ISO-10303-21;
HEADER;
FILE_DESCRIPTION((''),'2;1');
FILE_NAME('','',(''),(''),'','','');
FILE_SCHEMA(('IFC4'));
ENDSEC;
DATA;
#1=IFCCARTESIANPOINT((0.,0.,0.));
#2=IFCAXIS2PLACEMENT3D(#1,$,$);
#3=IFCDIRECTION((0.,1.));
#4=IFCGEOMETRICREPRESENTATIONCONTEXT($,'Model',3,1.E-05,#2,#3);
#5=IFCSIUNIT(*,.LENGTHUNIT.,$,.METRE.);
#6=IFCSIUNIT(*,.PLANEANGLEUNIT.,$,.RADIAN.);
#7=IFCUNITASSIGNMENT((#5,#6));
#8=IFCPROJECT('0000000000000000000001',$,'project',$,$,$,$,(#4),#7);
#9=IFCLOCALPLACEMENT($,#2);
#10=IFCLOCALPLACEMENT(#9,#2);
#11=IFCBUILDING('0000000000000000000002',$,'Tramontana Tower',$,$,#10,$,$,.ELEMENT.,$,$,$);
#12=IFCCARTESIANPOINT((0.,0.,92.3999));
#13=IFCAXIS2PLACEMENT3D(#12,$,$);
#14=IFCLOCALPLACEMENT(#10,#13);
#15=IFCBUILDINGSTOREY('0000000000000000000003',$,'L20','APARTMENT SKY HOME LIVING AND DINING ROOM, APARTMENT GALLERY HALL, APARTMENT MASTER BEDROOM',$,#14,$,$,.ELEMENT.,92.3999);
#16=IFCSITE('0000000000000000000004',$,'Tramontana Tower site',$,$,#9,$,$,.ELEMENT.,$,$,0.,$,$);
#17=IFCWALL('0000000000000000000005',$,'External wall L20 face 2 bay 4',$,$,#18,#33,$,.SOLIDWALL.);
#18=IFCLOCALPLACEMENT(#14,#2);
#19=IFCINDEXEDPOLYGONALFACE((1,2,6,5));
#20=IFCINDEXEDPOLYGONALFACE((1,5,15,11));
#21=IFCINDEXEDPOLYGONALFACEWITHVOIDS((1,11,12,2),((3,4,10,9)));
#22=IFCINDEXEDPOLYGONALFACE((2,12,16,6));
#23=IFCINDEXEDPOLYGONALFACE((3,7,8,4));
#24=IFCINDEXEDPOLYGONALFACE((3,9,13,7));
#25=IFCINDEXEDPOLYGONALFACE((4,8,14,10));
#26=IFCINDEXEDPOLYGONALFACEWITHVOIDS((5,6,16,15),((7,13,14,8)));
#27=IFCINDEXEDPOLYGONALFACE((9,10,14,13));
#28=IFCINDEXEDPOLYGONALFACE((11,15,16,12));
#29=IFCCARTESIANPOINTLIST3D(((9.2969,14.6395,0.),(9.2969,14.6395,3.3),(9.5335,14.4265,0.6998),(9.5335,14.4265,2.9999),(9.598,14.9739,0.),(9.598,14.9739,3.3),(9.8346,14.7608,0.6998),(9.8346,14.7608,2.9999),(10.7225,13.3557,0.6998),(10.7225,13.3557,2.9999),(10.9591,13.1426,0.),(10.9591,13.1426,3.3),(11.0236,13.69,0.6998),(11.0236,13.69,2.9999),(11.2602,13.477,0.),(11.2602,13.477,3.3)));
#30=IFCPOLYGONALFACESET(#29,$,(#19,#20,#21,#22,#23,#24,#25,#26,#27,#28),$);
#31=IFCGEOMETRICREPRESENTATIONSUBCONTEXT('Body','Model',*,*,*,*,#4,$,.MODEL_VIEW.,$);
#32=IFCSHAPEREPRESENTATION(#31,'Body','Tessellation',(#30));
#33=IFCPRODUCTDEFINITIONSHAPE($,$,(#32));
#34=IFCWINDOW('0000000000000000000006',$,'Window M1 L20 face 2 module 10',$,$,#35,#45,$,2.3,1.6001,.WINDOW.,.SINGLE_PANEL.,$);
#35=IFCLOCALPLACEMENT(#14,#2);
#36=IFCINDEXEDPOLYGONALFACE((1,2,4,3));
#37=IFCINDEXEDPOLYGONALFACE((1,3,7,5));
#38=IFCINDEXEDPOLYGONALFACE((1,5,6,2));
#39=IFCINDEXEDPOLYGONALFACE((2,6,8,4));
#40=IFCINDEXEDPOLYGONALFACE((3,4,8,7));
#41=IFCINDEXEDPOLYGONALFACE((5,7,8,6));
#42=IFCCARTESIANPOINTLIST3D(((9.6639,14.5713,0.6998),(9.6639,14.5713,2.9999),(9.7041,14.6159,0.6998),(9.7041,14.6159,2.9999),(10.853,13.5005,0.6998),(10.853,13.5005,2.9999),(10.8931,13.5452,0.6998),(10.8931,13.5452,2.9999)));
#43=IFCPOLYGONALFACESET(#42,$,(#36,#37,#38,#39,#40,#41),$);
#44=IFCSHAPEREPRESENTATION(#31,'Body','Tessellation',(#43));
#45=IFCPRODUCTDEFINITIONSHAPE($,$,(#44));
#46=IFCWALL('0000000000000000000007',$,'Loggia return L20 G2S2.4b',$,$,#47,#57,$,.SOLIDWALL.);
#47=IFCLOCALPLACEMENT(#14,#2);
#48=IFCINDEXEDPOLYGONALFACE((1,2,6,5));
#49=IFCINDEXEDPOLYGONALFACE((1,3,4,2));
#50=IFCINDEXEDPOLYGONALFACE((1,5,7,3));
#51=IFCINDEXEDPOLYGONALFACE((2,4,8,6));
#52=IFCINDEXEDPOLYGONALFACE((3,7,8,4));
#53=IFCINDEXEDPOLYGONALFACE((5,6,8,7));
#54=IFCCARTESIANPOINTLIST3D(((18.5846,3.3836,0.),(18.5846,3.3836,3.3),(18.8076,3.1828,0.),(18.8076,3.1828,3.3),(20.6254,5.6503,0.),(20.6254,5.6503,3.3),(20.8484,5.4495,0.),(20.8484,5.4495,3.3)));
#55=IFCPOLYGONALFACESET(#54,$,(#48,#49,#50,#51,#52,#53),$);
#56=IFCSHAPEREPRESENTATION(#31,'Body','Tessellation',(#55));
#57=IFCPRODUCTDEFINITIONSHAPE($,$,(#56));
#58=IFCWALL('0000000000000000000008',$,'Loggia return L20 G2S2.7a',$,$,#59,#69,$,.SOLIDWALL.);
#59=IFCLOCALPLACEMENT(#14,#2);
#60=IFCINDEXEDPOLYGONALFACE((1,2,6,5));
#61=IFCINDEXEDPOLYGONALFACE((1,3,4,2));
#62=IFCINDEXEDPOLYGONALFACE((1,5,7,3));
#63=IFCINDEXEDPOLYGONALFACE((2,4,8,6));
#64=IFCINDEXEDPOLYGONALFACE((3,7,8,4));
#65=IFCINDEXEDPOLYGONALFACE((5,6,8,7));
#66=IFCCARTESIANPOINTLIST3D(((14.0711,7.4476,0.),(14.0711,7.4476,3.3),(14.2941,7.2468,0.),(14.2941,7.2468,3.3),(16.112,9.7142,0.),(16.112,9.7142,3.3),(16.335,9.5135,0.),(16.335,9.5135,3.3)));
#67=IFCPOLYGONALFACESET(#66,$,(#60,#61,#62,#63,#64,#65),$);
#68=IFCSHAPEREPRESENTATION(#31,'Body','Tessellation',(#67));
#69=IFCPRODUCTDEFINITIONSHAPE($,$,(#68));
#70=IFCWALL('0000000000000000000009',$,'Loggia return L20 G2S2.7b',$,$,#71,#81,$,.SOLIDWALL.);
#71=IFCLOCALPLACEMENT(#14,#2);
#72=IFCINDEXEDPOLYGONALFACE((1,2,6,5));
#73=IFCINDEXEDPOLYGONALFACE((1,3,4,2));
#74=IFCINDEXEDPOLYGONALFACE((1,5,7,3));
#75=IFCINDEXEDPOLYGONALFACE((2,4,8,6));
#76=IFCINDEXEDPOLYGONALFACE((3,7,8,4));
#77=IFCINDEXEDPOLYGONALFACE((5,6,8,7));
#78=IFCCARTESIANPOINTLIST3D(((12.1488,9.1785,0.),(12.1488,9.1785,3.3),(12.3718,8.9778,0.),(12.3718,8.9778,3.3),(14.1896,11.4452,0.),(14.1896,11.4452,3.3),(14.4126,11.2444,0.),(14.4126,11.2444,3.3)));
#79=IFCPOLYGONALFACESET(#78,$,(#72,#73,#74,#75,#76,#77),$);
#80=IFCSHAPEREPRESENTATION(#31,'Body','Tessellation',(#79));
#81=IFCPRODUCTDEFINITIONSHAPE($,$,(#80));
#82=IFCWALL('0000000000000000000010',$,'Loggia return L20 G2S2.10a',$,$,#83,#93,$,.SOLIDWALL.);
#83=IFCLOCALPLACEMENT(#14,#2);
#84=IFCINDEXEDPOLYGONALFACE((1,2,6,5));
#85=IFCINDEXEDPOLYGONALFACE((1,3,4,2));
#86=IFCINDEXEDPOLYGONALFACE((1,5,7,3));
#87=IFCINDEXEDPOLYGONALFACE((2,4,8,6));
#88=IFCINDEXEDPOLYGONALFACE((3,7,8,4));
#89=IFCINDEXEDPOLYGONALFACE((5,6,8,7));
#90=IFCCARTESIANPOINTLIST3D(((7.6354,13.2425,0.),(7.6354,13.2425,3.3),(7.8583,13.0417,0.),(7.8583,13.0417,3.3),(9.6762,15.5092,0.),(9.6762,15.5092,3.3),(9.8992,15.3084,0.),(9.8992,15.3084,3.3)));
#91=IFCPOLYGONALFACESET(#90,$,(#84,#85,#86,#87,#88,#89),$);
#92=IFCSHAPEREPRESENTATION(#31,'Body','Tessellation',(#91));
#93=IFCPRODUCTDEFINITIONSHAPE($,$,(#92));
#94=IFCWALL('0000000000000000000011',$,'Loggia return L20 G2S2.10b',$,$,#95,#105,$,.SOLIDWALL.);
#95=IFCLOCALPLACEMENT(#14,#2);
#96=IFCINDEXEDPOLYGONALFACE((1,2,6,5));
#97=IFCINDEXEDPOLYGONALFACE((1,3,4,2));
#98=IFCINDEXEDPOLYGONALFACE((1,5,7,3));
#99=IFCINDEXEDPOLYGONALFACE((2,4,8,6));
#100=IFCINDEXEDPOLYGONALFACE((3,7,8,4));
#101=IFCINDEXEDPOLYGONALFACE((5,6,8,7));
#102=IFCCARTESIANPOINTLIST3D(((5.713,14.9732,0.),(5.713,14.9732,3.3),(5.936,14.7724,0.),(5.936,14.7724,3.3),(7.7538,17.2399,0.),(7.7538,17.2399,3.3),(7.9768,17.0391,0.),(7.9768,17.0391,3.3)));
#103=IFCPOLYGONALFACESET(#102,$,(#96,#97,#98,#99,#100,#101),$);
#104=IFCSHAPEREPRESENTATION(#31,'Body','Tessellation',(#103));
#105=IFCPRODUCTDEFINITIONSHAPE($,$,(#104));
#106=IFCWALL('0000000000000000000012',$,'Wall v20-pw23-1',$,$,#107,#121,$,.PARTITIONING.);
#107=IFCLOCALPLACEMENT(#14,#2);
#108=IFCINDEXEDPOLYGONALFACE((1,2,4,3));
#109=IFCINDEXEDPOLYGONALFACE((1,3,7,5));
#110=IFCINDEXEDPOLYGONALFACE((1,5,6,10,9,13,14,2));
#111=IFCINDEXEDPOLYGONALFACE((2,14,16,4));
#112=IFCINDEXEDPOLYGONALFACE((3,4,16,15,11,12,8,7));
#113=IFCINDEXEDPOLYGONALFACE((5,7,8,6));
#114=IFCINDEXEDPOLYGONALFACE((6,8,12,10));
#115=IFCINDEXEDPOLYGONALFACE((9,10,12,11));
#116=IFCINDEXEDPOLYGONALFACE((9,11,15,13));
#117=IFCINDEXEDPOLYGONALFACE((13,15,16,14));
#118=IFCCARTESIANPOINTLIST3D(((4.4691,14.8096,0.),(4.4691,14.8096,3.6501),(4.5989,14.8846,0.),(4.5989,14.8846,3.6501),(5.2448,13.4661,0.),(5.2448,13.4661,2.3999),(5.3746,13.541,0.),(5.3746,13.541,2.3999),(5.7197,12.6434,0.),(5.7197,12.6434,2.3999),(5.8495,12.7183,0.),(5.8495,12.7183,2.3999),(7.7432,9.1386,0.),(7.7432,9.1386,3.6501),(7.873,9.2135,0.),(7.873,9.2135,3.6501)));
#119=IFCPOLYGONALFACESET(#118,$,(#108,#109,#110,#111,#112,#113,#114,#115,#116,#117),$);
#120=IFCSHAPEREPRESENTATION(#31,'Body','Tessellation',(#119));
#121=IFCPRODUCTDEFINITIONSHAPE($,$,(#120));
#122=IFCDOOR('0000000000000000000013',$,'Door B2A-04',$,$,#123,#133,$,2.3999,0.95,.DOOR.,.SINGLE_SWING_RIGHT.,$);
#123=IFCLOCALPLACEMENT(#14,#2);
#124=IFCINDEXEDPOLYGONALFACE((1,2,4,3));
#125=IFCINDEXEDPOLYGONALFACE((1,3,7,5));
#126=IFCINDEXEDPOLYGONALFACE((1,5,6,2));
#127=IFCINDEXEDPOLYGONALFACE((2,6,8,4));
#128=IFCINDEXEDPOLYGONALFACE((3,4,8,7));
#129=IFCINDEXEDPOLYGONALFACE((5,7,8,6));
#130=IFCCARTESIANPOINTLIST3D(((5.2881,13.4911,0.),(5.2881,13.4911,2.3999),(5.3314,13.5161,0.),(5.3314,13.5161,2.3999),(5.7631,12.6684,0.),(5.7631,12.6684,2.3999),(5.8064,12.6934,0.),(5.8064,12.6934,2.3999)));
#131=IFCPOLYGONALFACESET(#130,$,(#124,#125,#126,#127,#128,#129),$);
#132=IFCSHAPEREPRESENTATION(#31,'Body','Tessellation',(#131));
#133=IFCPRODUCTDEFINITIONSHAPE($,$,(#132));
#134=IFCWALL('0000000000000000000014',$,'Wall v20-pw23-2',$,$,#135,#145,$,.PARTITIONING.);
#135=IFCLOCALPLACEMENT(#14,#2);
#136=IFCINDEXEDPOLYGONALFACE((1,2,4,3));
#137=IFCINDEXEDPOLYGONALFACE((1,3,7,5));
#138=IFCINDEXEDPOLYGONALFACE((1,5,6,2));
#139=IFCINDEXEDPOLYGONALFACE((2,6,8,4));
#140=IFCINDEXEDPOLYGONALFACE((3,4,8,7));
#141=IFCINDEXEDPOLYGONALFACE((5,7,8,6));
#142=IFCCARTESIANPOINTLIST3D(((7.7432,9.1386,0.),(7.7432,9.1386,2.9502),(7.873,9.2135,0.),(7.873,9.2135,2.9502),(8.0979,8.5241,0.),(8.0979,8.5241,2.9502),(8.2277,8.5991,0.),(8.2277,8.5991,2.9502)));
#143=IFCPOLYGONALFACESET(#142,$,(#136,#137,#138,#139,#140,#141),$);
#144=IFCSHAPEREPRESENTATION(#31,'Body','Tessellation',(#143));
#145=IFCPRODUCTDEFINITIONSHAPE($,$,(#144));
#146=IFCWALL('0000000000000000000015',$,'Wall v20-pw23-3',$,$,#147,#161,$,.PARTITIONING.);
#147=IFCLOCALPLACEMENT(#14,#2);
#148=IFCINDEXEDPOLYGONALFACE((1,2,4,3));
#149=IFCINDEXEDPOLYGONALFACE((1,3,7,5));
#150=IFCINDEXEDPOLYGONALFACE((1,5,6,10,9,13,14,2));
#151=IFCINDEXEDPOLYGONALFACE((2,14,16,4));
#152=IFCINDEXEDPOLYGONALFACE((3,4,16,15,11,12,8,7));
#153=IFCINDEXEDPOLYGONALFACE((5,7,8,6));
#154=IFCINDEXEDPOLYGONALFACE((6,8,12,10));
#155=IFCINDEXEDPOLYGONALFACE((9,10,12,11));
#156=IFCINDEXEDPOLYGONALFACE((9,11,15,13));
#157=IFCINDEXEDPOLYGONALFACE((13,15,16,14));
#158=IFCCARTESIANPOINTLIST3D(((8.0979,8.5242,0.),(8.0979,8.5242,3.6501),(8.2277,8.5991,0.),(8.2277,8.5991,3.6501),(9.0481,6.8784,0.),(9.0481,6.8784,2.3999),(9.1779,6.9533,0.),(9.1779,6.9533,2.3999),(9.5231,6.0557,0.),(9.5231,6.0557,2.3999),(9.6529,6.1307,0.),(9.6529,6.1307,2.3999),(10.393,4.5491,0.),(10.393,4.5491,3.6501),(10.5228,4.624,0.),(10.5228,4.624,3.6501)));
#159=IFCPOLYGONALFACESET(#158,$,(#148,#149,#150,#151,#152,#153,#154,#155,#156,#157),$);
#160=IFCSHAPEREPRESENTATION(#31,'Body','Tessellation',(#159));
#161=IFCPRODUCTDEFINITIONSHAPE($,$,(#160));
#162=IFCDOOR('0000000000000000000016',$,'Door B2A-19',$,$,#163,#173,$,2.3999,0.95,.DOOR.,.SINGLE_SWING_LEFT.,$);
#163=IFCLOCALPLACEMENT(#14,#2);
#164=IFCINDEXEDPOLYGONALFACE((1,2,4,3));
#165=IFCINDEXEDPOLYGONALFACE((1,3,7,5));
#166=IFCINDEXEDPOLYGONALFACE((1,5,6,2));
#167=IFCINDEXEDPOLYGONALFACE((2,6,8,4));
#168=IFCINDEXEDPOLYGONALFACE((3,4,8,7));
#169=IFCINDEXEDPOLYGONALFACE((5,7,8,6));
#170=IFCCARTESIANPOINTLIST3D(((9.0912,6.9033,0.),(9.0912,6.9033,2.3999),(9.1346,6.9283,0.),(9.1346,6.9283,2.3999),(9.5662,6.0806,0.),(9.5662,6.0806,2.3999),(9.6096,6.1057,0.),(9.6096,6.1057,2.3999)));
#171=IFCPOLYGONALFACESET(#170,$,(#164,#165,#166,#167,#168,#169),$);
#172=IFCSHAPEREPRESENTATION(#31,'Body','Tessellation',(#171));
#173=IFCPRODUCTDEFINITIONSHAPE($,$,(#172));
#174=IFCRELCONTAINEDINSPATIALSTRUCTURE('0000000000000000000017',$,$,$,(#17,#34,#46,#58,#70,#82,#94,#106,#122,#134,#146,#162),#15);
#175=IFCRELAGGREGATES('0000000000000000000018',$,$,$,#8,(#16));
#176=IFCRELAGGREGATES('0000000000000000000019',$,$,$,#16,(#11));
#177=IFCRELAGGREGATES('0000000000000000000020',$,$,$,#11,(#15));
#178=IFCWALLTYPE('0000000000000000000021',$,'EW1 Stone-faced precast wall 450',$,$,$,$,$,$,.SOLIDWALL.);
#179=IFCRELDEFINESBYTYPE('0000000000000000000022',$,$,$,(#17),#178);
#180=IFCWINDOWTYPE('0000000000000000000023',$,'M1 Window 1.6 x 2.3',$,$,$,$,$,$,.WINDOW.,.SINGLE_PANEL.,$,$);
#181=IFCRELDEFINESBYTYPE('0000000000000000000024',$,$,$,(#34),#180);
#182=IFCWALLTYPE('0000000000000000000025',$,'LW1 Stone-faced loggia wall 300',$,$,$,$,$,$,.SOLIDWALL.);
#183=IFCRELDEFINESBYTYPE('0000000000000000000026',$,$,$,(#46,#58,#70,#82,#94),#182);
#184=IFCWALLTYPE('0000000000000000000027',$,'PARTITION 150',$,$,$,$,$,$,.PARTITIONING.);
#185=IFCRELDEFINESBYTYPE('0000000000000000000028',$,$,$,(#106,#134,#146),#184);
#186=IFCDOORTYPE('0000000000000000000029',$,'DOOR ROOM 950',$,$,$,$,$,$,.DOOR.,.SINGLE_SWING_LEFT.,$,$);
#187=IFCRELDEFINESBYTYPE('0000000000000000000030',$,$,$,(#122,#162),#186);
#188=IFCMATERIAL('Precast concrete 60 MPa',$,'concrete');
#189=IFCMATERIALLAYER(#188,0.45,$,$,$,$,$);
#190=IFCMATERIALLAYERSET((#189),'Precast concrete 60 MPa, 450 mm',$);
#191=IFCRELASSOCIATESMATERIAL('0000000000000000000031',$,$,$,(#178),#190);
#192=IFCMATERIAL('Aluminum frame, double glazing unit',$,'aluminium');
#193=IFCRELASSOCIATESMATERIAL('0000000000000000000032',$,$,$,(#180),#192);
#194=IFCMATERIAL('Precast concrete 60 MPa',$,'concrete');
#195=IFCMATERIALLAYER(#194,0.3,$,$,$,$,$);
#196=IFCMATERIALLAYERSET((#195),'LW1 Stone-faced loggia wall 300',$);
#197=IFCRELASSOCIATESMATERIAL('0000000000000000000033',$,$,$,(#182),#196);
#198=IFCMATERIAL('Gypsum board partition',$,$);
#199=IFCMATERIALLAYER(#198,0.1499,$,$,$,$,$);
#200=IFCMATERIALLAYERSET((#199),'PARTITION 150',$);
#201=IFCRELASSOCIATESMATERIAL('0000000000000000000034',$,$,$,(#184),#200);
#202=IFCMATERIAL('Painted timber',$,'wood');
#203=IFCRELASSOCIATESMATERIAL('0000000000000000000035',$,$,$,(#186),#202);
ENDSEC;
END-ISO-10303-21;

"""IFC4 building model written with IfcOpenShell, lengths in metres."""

from ifc_helpers import new_model, si_unit, direction, frame, frame_2d, origin, place, context, subcontext, project, spatial, rectangle, extrude, material, layer, layer_set, type_object, element, fill, save


model = new_model("IFC4")

# Units and contexts
model_context = context("Model", 3, precision=1e-05, world=origin(), true_north=direction((0.0, 1.0)))
body_context = subcontext(model_context, "Body", "Model", "MODEL_VIEW")
ifc_project = project(units=[si_unit("LENGTHUNIT", "METRE"), si_unit("PLANEANGLEUNIT", "RADIAN")], contexts=[model_context])

# Site, building, storey
site_placement = place(None, origin())
site = spatial("IfcSite", under=ifc_project, at=site_placement, Name="Tramontana Tower site", CompositionType="ELEMENT", RefElevation=0.0)
building_placement = place(site_placement, origin())
building = spatial("IfcBuilding", under=site, at=building_placement, Name="Tramontana Tower", CompositionType="ELEMENT")
storey_placement = place(building_placement, frame((0.0, 0.0, 92.3999)))
storey = spatial("IfcBuildingStorey", under=building, at=storey_placement, Name="L20", Description="APARTMENT SKY HOME LIVING AND DINING ROOM, APARTMENT GALLERY HALL, APARTMENT MASTER BEDROOM", CompositionType="ELEMENT", Elevation=92.3999)

# Wall, opening, window
ifc_material_1 = material(Name="Precast concrete 60 MPa", Category="concrete")
ifc_layer_1 = layer(ifc_material_1, 0.45)
ifc_layer_set_1 = layer_set([ifc_layer_1], Name="Precast concrete 60 MPa, 450 mm")
wall_type_1 = type_object("IfcWallType", Name="EW1 Stone-faced precast wall 450", PredefinedType="SOLIDWALL", material=ifc_layer_set_1)
ifc_material_2 = material(Name="Aluminum frame, double glazing unit", Category="aluminium")
window_type = type_object("IfcWindowType", Name="M1 Window 1.6 x 2.3", PartitioningType="SINGLE_PANEL", PredefinedType="WINDOW", material=ifc_material_2)
wall_1_placement = place(storey_placement, frame((11.1096, 13.3098, 0.0), z_axis=(0.0, 0.0, 1.0), x_axis=(-0.743088, 0.669194, 0.0)))
wall_1 = element("IfcWall", 1, at=wall_1_placement, inside=storey, type_object=wall_type_1, Name="External wall L20 face 2 bay 4", PredefinedType="SOLIDWALL", context=body_context, shape_type="SweptSolid", body=[
    extrude(rectangle(XDim=2.2368, YDim=0.45, at=frame_2d((1.1184, 0.0))), origin(), (0.0, 0.0, 1.0), 3.3),
])
opening_1_placement = place(wall_1_placement, frame((0.3184, 0.0, 0.7)))
opening_1 = element("IfcOpeningElement", 2, at=opening_1_placement, cuts=wall_1, PredefinedType="OPENING", context=body_context, shape_type="SweptSolid", body=[
    extrude(rectangle(XDim=1.6001, YDim=2.3, at=frame_2d((0.8, 1.1499))), frame((0.0, 0.2349, 0.0), z_axis=(0.0, -1.0, 0.0), x_axis=(1.0, 0.0, 0.0)), (0.0, 0.0, 1.0), 0.47),
])
window_1_placement = place(opening_1_placement, origin())
window_1 = element("IfcWindow", 3, at=window_1_placement, inside=storey, type_object=window_type, Name="Window M1 L20 face 2 module 10", OverallHeight=2.3, OverallWidth=1.6001, PartitioningType="SINGLE_PANEL", PredefinedType="WINDOW", context=body_context, shape_type="SweptSolid", body=[
    extrude(rectangle(XDim=1.6001, YDim=2.3, at=frame_2d((0.8, 1.1499))), frame((0.0, 0.03, 0.0), z_axis=(0.0, -1.0, 0.0), x_axis=(1.0, 0.0, 0.0)), (0.0, 0.0, 1.0), 0.0601),
])
fill(opening_1, window_1)

# Wall
ifc_material_3 = material(Name="Precast concrete 60 MPa", Category="concrete")
ifc_layer_2 = layer(ifc_material_3, 0.3)
ifc_layer_set_2 = layer_set([ifc_layer_2], Name="LW1 Stone-faced loggia wall 300")
wall_type_2 = type_object("IfcWallType", Name="LW1 Stone-faced loggia wall 300", PredefinedType="SOLIDWALL", material=ifc_layer_set_2)
wall_2_placement = place(storey_placement, frame((20.7368, 5.5498, 0.0), z_axis=(0.0, 0.0, 1.0), x_axis=(-0.669115, -0.743159, 0.0)))
element("IfcWall", 4, at=wall_2_placement, inside=storey, type_object=wall_type_2, Name="Loggia return L20 G2S2.4b", PredefinedType="SOLIDWALL", context=body_context, shape_type="SweptSolid", body=[
    extrude(rectangle(XDim=3.05, YDim=0.3, at=frame_2d((1.5249, 0.0))), origin(), (0.0, 0.0, 1.0), 3.3),
])

# Walls
for number, where, z_axis, x_axis, name in (
    (5, (16.2234, 9.6138, 0.0), (0.0, 0.0, 1.0), (-0.669115, -0.743159, 0.0), "Loggia return L20 G2S2.7a"),
    (6, (14.301, 11.3447, 0.0), (0.0, 0.0, 1.0), (-0.669115, -0.743159, 0.0), "Loggia return L20 G2S2.7b"),
    (7, (9.7876, 15.4087, 0.0), (0.0, 0.0, 1.0), (-0.669115, -0.743159, 0.0), "Loggia return L20 G2S2.10a"),
    (8, (7.8652, 17.1394, 0.0), (0.0, 0.0, 1.0), (-0.669115, -0.743159, 0.0), "Loggia return L20 G2S2.10b"),
):
    element("IfcWall", number, at=place(storey_placement, frame(where, z_axis=z_axis, x_axis=x_axis)), inside=storey, type_object=wall_type_2, Name=name, PredefinedType="SOLIDWALL", context=body_context, shape_type="SweptSolid", body=[
        extrude(rectangle(XDim=3.05, YDim=0.3, at=frame_2d((1.5249, 0.0))), origin(), (0.0, 0.0, 1.0), 3.3),
    ])

# Wall, opening, door
ifc_material_4 = material(Name="Gypsum board partition")
ifc_layer_3 = layer(ifc_material_4, 0.1499)
ifc_layer_set_3 = layer_set([ifc_layer_3], Name="PARTITION 150")
wall_type_3 = type_object("IfcWallType", Name="PARTITION 150", PredefinedType="PARTITIONING", material=ifc_layer_set_3)
wall_3_placement = place(storey_placement, frame((7.8081, 9.176, 0.0), z_axis=(0.0, 0.0, 1.0), x_axis=(-0.499992, 0.86603, 0.0)))
wall_3 = element("IfcWall", 9, at=wall_3_placement, inside=storey, type_object=wall_type_3, Name="Wall v20-pw23-1", PredefinedType="PARTITIONING", context=body_context, shape_type="SweptSolid", body=[
    extrude(rectangle(XDim=6.5483, YDim=0.1499, at=frame_2d((3.2742, 0.0))), origin(), (0.0, 0.0, 1.0), 3.6501),
])
opening_2_placement = place(wall_3_placement, frame((4.0469, 0.0, 0.0)))
opening_2 = element("IfcOpeningElement", 10, at=opening_2_placement, cuts=wall_3, PredefinedType="OPENING", context=body_context, shape_type="SweptSolid", body=[
    extrude(rectangle(XDim=0.95, YDim=2.3999, at=frame_2d((0.4751, 1.2))), frame((0.0, 0.085, 0.0), z_axis=(0.0, -1.0, 0.0), x_axis=(1.0, 0.0, 0.0)), (0.0, 0.0, 1.0), 0.1699),
])
ifc_material_5 = material(Name="Painted timber", Category="wood")
door_type_1 = type_object("IfcDoorType", Name="DOOR ROOM 950", OperationType="SINGLE_SWING_LEFT", PredefinedType="DOOR", material=ifc_material_5)
door_1_placement = place(opening_2_placement, origin())
door_1 = element("IfcDoor", 11, at=door_1_placement, inside=storey, type_object=door_type_1, Name="Door B2A-04", OperationType="SINGLE_SWING_RIGHT", OverallHeight=2.3999, OverallWidth=0.95, PredefinedType="DOOR", context=body_context, shape_type="SweptSolid", body=[
    extrude(rectangle(XDim=0.95, YDim=2.3999, at=frame_2d((0.4751, 1.2))), frame((0.0, 0.0249, 0.0), z_axis=(0.0, -1.0, 0.0), x_axis=(1.0, 0.0, 0.0)), (0.0, 0.0, 1.0), 0.05),
])
fill(opening_2, door_1)

# Wall
wall_4_placement = place(storey_placement, frame((7.8081, 9.176, 0.0), z_axis=(0.0, 0.0, 1.0), x_axis=(0.499951, -0.866054, 0.0)))
element("IfcWall", 12, at=wall_4_placement, inside=storey, type_object=wall_type_3, Name="Wall v20-pw23-2", PredefinedType="PARTITIONING", context=body_context, shape_type="SweptSolid", body=[
    extrude(rectangle(XDim=0.7095, YDim=0.1499, at=frame_2d((0.3547, 0.0))), origin(), (0.0, 0.0, 1.0), 2.9502),
])

# Wall, opening, door
wall_5_placement = place(storey_placement, frame((8.1628, 8.5615, 0.0), z_axis=(0.0, 0.0, 1.0), x_axis=(0.500023, -0.866012, 0.0)))
wall_5 = element("IfcWall", 13, at=wall_5_placement, inside=storey, type_object=wall_type_3, Name="Wall v20-pw23-3", PredefinedType="PARTITIONING", context=body_context, shape_type="SweptSolid", body=[
    extrude(rectangle(XDim=4.5901, YDim=0.1499, at=frame_2d((2.2949, 0.0))), origin(), (0.0, 0.0, 1.0), 3.6501),
])
opening_3_placement = place(wall_5_placement, frame((1.9001, 0.0, 0.0)))
opening_3 = element("IfcOpeningElement", 14, at=opening_3_placement, cuts=wall_5, PredefinedType="OPENING", context=body_context, shape_type="SweptSolid", body=[
    extrude(rectangle(XDim=0.95, YDim=2.3999, at=frame_2d((0.4751, 1.2))), frame((0.0, 0.085, 0.0), z_axis=(0.0, -1.0, 0.0), x_axis=(1.0, 0.0, 0.0)), (0.0, 0.0, 1.0), 0.1699),
])
door_2_placement = place(opening_3_placement, origin())
door_2 = element("IfcDoor", 15, at=door_2_placement, inside=storey, type_object=door_type_1, Name="Door B2A-19", OperationType="SINGLE_SWING_LEFT", OverallHeight=2.3999, OverallWidth=0.95, PredefinedType="DOOR", context=body_context, shape_type="SweptSolid", body=[
    extrude(rectangle(XDim=0.95, YDim=2.3999, at=frame_2d((0.4751, 1.2))), frame((0.0, 0.0249, 0.0), z_axis=(0.0, -1.0, 0.0), x_axis=(1.0, 0.0, 0.0)), (0.0, 0.0, 1.0), 0.05),
])
fill(opening_3, door_2)

save(model, "model.ifc")
